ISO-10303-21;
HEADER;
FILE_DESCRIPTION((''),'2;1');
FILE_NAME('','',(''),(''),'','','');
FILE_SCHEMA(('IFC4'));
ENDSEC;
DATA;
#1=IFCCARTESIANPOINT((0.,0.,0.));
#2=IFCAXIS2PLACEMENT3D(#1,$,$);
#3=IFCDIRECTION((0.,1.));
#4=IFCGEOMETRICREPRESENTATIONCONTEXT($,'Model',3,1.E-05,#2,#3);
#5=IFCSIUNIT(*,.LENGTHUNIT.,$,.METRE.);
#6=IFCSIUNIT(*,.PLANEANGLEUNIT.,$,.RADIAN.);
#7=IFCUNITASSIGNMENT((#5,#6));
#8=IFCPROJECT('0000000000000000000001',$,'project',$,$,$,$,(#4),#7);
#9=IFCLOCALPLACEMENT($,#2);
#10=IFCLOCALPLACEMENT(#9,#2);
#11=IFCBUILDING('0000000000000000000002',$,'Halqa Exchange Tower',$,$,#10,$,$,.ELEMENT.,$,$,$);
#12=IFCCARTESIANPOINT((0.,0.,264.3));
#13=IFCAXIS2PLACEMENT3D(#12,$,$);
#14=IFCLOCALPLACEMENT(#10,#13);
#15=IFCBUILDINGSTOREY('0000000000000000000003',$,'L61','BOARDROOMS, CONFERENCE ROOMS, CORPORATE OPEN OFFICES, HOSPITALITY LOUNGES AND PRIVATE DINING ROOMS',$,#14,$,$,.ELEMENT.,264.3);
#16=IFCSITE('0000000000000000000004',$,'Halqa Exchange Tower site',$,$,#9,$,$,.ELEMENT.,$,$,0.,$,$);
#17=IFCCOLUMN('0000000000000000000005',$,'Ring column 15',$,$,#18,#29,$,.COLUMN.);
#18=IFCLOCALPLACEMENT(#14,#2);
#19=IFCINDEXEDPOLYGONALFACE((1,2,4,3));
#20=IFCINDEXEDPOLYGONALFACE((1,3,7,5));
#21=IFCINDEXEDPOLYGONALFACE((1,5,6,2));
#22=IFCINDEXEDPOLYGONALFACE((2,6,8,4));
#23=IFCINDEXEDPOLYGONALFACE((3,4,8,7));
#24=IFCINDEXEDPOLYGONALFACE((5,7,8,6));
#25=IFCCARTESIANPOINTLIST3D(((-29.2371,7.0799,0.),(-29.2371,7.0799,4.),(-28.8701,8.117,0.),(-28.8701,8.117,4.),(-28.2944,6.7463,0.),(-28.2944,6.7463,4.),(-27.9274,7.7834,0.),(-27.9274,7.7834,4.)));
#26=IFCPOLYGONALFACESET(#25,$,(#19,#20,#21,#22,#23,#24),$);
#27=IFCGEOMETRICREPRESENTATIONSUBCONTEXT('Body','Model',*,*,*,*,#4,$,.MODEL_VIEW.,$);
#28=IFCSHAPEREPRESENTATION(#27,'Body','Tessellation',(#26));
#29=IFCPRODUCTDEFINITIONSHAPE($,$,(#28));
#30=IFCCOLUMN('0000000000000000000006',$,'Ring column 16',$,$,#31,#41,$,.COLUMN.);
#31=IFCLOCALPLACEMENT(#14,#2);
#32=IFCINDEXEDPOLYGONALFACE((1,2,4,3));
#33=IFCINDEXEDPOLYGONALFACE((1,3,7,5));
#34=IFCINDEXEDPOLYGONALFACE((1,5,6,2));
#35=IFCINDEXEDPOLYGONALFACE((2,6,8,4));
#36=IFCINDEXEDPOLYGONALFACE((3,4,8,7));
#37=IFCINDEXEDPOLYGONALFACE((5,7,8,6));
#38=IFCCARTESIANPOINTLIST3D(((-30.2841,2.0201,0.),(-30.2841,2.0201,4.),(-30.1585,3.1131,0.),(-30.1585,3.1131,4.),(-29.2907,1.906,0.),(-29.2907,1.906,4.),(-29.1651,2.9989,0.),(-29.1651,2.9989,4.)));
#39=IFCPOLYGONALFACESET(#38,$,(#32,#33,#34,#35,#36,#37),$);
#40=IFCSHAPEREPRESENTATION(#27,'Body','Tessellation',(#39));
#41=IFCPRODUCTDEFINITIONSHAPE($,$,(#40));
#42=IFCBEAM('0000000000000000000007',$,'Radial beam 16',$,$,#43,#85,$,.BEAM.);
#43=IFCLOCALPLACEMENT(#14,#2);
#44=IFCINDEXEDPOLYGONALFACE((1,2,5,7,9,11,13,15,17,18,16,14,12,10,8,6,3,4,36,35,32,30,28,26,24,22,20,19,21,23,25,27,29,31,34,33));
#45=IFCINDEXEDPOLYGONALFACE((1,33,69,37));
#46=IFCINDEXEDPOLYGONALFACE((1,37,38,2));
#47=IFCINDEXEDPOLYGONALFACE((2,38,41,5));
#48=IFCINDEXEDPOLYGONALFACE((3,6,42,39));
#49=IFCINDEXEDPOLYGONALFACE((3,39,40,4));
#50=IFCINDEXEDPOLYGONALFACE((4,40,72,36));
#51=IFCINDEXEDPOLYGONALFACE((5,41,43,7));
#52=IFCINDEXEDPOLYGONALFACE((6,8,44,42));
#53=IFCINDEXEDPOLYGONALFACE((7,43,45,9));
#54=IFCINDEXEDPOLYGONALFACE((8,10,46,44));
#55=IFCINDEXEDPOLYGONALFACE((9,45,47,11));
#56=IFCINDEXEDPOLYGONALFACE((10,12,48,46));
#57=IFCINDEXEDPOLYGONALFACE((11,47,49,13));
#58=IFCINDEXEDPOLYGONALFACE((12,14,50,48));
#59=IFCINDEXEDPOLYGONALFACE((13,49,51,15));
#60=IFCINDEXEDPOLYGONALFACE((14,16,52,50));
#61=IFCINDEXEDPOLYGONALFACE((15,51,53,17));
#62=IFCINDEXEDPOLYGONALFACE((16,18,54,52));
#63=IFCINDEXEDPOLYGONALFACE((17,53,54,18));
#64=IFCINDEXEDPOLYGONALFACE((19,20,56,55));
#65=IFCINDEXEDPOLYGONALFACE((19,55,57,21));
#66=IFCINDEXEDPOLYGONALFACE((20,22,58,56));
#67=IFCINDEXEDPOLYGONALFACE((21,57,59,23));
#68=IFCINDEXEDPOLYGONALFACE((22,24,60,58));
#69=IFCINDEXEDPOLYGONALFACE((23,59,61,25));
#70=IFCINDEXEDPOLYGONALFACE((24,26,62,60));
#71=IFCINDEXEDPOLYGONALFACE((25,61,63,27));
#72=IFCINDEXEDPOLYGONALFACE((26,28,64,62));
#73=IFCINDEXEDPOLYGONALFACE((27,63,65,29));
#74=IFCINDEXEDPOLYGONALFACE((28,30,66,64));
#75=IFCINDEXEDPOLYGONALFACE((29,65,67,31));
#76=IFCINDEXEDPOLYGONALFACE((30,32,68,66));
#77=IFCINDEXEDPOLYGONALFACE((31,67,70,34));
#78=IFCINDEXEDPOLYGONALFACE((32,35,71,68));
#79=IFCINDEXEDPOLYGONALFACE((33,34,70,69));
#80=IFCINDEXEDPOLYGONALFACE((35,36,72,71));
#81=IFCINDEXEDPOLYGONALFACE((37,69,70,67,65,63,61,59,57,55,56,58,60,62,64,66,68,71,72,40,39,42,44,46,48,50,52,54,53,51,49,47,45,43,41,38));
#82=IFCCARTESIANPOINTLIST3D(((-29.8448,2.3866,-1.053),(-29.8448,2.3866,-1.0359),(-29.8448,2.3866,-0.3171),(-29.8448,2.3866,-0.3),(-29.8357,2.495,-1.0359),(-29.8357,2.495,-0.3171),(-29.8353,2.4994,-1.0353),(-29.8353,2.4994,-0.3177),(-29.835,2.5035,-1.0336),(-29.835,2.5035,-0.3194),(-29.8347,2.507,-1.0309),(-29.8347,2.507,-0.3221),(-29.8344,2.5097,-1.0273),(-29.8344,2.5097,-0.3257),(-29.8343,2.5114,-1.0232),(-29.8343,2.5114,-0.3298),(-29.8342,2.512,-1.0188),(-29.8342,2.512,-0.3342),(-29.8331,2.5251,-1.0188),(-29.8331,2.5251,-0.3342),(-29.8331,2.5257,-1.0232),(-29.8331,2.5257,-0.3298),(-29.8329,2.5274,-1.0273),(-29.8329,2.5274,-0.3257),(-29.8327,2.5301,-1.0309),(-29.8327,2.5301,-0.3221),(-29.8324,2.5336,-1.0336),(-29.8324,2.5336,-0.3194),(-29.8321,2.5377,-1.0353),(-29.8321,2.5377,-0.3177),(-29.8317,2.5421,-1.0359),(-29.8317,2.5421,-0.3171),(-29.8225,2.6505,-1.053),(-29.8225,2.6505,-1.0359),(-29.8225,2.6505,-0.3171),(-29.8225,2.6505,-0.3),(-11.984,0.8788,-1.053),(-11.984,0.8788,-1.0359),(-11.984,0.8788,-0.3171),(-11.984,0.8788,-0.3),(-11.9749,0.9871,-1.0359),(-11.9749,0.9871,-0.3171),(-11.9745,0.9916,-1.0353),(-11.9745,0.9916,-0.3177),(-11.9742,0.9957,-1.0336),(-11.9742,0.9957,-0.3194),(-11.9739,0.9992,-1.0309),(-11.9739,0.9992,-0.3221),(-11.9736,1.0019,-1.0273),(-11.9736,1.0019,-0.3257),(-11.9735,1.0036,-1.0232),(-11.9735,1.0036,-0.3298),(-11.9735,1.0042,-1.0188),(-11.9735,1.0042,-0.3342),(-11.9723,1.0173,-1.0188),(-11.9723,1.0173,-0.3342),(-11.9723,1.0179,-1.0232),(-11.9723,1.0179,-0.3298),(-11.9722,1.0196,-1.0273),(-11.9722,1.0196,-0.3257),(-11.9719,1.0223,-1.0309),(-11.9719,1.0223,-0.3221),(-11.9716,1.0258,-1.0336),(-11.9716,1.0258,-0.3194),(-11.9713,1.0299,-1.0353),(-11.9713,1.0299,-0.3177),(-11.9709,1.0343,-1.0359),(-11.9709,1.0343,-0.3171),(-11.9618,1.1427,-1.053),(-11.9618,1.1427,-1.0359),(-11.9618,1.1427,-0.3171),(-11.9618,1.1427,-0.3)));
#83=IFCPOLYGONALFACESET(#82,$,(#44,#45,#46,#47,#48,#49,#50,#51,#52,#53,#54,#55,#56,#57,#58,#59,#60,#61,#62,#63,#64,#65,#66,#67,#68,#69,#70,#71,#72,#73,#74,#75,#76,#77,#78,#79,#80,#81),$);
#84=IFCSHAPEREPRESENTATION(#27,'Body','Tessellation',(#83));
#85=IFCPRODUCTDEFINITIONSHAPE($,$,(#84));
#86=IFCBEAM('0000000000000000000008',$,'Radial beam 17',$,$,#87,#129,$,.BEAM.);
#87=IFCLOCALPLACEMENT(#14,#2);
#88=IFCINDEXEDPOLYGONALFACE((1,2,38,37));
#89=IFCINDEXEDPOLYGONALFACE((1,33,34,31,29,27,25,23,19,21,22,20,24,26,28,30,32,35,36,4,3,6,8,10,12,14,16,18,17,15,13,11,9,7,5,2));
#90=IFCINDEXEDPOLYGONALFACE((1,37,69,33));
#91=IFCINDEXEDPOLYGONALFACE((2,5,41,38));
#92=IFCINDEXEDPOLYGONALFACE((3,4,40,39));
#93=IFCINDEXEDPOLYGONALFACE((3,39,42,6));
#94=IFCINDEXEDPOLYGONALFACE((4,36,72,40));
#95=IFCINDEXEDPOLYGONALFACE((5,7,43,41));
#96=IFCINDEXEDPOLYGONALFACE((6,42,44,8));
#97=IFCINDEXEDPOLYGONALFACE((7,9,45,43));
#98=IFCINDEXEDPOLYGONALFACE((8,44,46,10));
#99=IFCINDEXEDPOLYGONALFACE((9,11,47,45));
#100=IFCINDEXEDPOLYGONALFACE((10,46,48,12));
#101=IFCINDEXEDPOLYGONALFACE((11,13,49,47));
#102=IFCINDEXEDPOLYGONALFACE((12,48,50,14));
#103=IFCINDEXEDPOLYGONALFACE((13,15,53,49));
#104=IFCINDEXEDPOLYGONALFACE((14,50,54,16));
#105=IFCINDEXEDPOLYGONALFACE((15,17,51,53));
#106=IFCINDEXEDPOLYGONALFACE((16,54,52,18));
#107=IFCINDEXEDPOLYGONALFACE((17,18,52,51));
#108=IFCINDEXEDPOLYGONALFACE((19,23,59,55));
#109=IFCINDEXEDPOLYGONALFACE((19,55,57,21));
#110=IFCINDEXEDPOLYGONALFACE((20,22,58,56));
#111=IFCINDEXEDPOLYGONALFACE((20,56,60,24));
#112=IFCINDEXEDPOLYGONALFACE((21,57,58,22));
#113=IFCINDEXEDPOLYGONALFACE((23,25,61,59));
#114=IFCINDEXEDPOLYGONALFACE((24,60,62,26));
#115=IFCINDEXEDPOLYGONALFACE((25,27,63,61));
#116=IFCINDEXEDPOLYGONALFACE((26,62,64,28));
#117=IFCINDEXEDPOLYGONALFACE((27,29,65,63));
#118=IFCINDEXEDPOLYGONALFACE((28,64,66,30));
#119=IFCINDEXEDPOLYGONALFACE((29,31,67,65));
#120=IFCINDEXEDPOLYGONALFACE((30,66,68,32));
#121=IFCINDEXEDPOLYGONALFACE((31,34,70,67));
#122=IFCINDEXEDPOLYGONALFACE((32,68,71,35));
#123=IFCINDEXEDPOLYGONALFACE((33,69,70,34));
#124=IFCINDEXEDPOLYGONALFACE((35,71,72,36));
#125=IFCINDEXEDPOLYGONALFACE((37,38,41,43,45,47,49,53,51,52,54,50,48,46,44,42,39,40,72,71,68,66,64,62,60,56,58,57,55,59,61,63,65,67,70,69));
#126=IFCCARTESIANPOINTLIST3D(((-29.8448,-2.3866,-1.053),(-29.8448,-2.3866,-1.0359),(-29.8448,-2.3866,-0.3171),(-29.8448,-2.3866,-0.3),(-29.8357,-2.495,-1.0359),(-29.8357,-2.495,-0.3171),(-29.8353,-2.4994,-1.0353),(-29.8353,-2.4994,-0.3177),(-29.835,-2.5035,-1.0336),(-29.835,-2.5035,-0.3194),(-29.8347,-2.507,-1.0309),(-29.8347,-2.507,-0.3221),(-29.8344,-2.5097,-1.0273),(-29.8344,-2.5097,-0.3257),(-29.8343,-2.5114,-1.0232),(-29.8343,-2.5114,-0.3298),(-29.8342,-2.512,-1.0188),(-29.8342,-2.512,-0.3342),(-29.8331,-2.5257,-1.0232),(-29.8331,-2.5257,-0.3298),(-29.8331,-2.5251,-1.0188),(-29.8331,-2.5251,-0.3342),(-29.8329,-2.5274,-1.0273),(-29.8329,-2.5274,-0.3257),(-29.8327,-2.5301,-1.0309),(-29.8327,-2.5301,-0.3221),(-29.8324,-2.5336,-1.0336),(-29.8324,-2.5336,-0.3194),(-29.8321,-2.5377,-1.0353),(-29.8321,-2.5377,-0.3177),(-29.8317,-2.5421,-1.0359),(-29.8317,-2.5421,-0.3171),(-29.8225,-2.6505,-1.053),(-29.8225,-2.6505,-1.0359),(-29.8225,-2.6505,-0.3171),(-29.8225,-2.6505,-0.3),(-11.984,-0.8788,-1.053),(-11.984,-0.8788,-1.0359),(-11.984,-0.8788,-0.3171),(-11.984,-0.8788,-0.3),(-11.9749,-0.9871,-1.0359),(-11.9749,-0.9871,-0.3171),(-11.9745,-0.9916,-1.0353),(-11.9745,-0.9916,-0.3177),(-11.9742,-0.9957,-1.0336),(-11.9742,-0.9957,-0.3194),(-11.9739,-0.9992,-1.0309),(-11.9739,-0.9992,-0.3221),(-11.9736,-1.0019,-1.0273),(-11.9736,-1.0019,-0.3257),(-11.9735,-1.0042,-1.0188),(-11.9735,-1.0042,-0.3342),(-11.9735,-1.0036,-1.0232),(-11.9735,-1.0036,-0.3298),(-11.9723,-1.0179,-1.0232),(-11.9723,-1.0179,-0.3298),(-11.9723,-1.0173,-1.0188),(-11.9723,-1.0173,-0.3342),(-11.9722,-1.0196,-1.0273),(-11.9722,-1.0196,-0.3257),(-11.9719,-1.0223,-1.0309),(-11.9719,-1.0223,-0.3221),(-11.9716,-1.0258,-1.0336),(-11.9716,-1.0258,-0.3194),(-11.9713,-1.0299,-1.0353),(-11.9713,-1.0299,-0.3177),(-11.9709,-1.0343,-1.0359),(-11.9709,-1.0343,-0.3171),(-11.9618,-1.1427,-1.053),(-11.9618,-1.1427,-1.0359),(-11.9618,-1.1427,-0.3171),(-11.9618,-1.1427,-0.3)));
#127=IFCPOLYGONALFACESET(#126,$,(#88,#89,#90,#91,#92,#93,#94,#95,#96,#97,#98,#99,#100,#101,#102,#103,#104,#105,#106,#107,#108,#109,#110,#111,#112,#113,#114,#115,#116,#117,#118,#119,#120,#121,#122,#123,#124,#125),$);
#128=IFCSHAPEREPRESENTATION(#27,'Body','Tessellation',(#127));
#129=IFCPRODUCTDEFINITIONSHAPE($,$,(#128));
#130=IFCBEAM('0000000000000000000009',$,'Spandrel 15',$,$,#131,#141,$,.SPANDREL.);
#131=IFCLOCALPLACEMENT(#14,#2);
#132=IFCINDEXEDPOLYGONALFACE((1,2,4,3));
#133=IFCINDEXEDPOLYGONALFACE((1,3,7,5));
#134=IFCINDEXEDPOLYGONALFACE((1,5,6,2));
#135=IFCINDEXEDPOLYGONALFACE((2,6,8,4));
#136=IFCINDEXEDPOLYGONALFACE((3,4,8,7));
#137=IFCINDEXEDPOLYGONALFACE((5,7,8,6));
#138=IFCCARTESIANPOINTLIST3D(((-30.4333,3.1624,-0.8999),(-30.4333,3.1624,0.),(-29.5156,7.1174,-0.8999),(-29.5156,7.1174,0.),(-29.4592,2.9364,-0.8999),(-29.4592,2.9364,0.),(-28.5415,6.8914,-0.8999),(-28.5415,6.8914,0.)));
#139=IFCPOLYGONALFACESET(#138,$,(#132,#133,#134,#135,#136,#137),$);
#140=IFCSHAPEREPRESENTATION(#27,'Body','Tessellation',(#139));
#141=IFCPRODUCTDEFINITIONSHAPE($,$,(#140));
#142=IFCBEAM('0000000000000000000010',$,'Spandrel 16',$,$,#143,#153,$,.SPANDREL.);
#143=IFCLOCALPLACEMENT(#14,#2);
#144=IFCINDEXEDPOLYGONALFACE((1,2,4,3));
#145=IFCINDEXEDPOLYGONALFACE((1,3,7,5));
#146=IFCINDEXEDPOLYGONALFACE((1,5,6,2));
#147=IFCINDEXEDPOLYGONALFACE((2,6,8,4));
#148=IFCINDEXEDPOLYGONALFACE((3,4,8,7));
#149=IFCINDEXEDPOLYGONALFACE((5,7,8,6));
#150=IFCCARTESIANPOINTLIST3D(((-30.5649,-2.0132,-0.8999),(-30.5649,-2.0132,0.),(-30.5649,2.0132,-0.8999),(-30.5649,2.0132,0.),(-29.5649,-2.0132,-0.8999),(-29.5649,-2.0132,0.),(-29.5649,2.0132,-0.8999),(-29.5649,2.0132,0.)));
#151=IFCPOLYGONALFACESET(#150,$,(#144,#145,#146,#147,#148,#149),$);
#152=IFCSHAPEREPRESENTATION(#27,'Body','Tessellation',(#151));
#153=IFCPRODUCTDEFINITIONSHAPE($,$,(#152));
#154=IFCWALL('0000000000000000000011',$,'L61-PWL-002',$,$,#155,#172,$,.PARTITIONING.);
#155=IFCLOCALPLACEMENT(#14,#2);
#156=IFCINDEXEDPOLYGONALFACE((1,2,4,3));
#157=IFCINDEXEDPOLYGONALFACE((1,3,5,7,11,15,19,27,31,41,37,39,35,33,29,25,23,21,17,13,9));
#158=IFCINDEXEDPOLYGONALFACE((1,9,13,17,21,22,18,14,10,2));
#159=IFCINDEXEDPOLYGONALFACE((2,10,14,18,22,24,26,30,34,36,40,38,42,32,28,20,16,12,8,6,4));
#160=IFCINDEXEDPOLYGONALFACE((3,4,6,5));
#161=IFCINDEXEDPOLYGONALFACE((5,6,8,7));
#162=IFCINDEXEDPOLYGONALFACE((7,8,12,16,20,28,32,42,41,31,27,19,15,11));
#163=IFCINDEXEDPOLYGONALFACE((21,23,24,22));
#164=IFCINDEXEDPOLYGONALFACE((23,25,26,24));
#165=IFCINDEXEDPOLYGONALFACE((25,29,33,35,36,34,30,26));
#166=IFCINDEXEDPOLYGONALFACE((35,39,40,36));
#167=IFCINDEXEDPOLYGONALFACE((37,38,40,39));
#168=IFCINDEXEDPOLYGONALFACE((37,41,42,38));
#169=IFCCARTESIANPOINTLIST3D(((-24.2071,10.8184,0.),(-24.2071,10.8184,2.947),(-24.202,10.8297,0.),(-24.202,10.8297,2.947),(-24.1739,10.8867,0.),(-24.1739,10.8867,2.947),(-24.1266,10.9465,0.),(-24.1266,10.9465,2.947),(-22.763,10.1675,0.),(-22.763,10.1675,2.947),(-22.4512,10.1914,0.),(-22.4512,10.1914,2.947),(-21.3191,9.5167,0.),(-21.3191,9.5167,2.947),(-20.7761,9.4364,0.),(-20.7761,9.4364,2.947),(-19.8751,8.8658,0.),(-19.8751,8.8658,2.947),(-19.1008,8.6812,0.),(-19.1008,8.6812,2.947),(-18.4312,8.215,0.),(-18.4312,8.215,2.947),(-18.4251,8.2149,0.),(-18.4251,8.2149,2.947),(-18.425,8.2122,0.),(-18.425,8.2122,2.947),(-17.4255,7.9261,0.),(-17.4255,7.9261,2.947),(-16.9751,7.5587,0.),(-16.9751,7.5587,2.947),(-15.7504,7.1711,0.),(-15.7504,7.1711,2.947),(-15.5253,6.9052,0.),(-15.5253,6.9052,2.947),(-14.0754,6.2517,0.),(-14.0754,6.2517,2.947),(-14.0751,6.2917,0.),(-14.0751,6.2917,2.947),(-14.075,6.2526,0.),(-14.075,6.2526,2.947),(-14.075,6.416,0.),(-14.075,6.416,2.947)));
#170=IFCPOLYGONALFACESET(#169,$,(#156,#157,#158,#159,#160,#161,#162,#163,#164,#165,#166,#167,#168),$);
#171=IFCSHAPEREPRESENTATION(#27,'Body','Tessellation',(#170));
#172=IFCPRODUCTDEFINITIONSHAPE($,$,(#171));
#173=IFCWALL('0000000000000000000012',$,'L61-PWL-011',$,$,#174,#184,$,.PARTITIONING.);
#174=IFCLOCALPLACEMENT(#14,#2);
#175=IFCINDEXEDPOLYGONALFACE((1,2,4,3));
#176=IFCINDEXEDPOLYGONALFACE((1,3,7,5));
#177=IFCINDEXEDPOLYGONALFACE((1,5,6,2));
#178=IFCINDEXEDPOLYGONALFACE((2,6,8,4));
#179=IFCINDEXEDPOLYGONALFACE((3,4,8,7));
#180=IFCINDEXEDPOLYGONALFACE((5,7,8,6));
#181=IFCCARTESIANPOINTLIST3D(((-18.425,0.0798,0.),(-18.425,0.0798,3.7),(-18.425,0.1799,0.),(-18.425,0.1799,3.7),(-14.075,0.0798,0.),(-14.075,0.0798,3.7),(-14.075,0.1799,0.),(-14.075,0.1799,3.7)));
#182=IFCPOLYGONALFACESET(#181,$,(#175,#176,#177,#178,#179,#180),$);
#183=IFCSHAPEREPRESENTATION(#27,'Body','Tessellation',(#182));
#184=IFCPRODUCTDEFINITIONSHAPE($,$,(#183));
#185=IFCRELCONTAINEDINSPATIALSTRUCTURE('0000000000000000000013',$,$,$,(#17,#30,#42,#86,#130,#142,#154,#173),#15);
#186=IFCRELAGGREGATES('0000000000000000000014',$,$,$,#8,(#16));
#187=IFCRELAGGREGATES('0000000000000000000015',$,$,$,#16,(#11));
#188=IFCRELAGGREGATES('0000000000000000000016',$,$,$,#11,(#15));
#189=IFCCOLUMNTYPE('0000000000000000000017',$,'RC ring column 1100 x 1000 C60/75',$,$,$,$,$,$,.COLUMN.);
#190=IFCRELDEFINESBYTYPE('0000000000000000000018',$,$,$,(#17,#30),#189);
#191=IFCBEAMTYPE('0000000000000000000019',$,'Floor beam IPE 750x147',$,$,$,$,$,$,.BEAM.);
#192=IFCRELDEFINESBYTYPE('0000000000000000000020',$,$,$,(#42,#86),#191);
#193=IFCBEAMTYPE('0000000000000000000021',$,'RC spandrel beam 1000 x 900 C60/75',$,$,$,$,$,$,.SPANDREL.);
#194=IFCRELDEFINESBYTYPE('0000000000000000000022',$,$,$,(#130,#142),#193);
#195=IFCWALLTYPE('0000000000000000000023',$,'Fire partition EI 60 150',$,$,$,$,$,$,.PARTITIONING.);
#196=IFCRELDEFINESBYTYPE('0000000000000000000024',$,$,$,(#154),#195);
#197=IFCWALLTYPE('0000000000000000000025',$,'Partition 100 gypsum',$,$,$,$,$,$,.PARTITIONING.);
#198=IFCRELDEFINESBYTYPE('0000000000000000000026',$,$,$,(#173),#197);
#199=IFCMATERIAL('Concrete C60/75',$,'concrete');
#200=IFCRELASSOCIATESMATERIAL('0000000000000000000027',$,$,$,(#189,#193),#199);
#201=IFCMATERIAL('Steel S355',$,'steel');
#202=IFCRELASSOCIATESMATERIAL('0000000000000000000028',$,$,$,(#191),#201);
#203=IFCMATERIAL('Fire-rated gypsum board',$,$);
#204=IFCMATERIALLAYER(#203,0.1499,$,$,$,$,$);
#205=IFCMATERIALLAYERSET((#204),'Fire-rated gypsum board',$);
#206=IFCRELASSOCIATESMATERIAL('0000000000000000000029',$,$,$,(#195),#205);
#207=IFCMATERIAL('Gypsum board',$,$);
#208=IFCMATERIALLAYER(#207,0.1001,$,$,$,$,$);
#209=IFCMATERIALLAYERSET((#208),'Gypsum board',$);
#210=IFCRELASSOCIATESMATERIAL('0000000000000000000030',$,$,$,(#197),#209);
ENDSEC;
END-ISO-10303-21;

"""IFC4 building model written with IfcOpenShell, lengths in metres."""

from ifc_helpers import new_model, si_unit, direction, frame, frame_2d, origin, origin_2d, place, context, subcontext, project, spatial, polyline, rectangle, i_section, outline, extrude, material, layer, layer_set, material_profile, profile_set, type_object, element, save


model = new_model("IFC4")

# Units and contexts
model_context = context("Model", 3, precision=1e-05, world=origin(), true_north=direction((0.0, 1.0)))
body_context = subcontext(model_context, "Body", "Model", "MODEL_VIEW")
ifc_project = project(units=[si_unit("LENGTHUNIT", "METRE"), si_unit("PLANEANGLEUNIT", "RADIAN")], contexts=[model_context])

# Site, building, storey
site_placement = place(None, origin())
site = spatial("IfcSite", under=ifc_project, at=site_placement, Name="Halqa Exchange Tower site", CompositionType="ELEMENT", RefElevation=0.0)
building_placement = place(site_placement, origin())
building = spatial("IfcBuilding", under=site, at=building_placement, Name="Halqa Exchange Tower", CompositionType="ELEMENT")
storey_placement = place(building_placement, frame((0.0, 0.0, 264.3)))
storey = spatial("IfcBuildingStorey", under=building, at=storey_placement, Name="L61", Description="BOARDROOMS, CONFERENCE ROOMS, CORPORATE OPEN OFFICES, HOSPITALITY LOUNGES AND PRIVATE DINING ROOMS", CompositionType="ELEMENT", Elevation=264.3)

# Columns
ifc_material_1 = material(Name="Concrete C60/75", Category="concrete")
ifc_material_profile_1 = material_profile(ifc_material_1, rectangle(XDim=1.1001, YDim=1.0, at=origin_2d()), Name="1100 x 1000")
ifc_profile_set_1 = profile_set([ifc_material_profile_1], Name="Concrete C60/75")
column_type = type_object("IfcColumnType", Name="RC ring column 1100 x 1000 C60/75", PredefinedType="COLUMN", material=ifc_profile_set_1)
for number, where, z_axis, x_axis, name in (
    (1, (-28.5823, 7.4316, 0.0), (0.0, 0.0, 1.0), (-0.333628, -0.942705, 0.0), "Ring column 15"),
    (2, (-29.7246, 2.5095, 0.0), (0.0, 0.0, 1.0), (-0.114155, -0.993463, 0.0), "Ring column 16"),
):
    element("IfcColumn", number, at=place(storey_placement, frame(where, z_axis=z_axis, x_axis=x_axis)), inside=storey, type_object=column_type, Name=name, PredefinedType="COLUMN", context=body_context, shape_type="SweptSolid", body=[
        extrude(rectangle(XDim=1.1001, YDim=1.0, at=origin_2d()), origin(), (0.0, 0.0, 1.0), 4.0),
    ])

# Beams
ifc_material_2 = material(Name="Steel S355", Category="steel")
ifc_material_profile_2 = material_profile(ifc_material_2, i_section(OverallWidth=0.2649, OverallDepth=0.7529, WebThickness=0.0132, FlangeThickness=0.0171, FilletRadius=0.0171, at=origin_2d()), Name="IPE 750x147")
ifc_profile_set_2 = profile_set([ifc_material_profile_2], Name="Steel S355")
beam_type_1 = type_object("IfcBeamType", Name="Floor beam IPE 750x147", PredefinedType="BEAM", material=ifc_profile_set_2)
for number, where, z_axis, x_axis, name in (
    (3, (-11.9729, 1.0107, -0.6765), (-0.996456, 0.084121, 0.0), (-0.084121, -0.996456, 0.0), "Radial beam 16"),
    (4, (-11.9729, -1.0107, -0.6765), (-0.996456, -0.084121, 0.0), (0.084121, -0.996456, 0.0), "Radial beam 17"),
):
    element("IfcBeam", number, at=place(storey_placement, frame(where, z_axis=z_axis, x_axis=x_axis)), inside=storey, type_object=beam_type_1, Name=name, PredefinedType="BEAM", context=body_context, shape_type="SweptSolid", body=[
        extrude(i_section(OverallWidth=0.2649, OverallDepth=0.7529, WebThickness=0.0132, FlangeThickness=0.0171, FilletRadius=0.0171, at=origin_2d()), origin(), (0.0, 0.0, 1.0), 17.9243),
    ])
ifc_material_profile_3 = material_profile(ifc_material_1, rectangle(XDim=1.0, YDim=0.8999, at=origin_2d()), Name="1000 x 900")
ifc_profile_set_3 = profile_set([ifc_material_profile_3], Name="Concrete C60/75")
beam_type_2 = type_object("IfcBeamType", Name="RC spandrel beam 1000 x 900 C60/75", PredefinedType="SPANDREL", material=ifc_profile_set_3)
beam_1_placement = place(storey_placement, frame((-29.0286, 7.0044, -0.45), z_axis=(-0.226032, -0.97412, 0.0), x_axis=(0.97412, -0.226032, 0.0)))
element("IfcBeam", 5, at=beam_1_placement, inside=storey, type_object=beam_type_2, Name="Spandrel 15", PredefinedType="SPANDREL", context=body_context, shape_type="SweptSolid", body=[
    extrude(rectangle(XDim=1.0, YDim=0.8999, at=origin_2d()), origin(), (0.0, 0.0, 1.0), 4.0601),
])
beam_2_placement = place(storey_placement, frame((-30.0649, 2.0132, -0.45), z_axis=(0.0, -1.0, 0.0), x_axis=(1.0, 0.0, 0.0)))
element("IfcBeam", 6, at=beam_2_placement, inside=storey, type_object=beam_type_2, Name="Spandrel 16", PredefinedType="SPANDREL", context=body_context, shape_type="SweptSolid", body=[
    extrude(rectangle(XDim=1.0, YDim=0.8999, at=origin_2d()), origin(), (0.0, 0.0, 1.0), 4.0264),
])

# Shared definitions
ifc_material_3 = material(Name="Gypsum board")

# Walls
ifc_material_4 = material(Name="Fire-rated gypsum board")
ifc_layer_1 = layer(ifc_material_4, 0.1499)
ifc_layer_set_1 = layer_set([ifc_layer_1], Name="Fire-rated gypsum board")
wall_type_1 = type_object("IfcWallType", Name="Fire partition EI 60 150", PredefinedType="PARTITIONING", material=ifc_layer_set_1)
wall_1_placement = place(storey_placement, frame((-24.1763, 10.8867, 0.0), z_axis=(0.0, 0.0, 1.0), x_axis=(0.911671, -0.410921, 0.0)))
element("IfcWall", 7, at=wall_1_placement, inside=storey, type_object=wall_type_1, Name="L61-PWL-002", PredefinedType="PARTITIONING", context=body_context, shape_type="SweptSolid", body=[
    extrude(outline(polyline([(0.0, -0.075), (1.584, -0.075), (3.1677, -0.075), (4.7517, -0.075), (6.3354, -0.075), (6.3411, -0.0725), (6.3423, -0.075), (7.9326, -0.075), (9.5229, -0.075), (11.1133, -0.075), (11.1133, -0.074), (11.0972, -0.0383), (11.0972, -0.0383), (11.0461, 0.075), (9.2085, 0.075), (7.3711, 0.075), (5.5334, 0.075), (3.6958, 0.075), (1.8584, 0.075), (0.0208, 0.075), (0.0022, 0.001), (0.0, -0.0625), (0.0, -0.075)])), origin(), (0.0, 0.0, 1.0), 2.947),
])
ifc_layer_2 = layer(ifc_material_3, 0.1001)
ifc_layer_set_2 = layer_set([ifc_layer_2], Name="Gypsum board")
wall_type_2 = type_object("IfcWallType", Name="Partition 100 gypsum", PredefinedType="PARTITIONING", material=ifc_layer_set_2)
wall_2_placement = place(storey_placement, frame((-14.075, 0.1299, 0.0), z_axis=(0.0, 0.0, 1.0), x_axis=(-1.0, 0.0, 0.0)))
element("IfcWall", 8, at=wall_2_placement, inside=storey, type_object=wall_type_2, Name="L61-PWL-011", PredefinedType="PARTITIONING", context=body_context, shape_type="SweptSolid", body=[
    extrude(rectangle(XDim=4.3501, YDim=0.1001, at=frame_2d((2.175, 0.0))), origin(), (0.0, 0.0, 1.0), 3.7),
])

save(model, "model.ifc")
